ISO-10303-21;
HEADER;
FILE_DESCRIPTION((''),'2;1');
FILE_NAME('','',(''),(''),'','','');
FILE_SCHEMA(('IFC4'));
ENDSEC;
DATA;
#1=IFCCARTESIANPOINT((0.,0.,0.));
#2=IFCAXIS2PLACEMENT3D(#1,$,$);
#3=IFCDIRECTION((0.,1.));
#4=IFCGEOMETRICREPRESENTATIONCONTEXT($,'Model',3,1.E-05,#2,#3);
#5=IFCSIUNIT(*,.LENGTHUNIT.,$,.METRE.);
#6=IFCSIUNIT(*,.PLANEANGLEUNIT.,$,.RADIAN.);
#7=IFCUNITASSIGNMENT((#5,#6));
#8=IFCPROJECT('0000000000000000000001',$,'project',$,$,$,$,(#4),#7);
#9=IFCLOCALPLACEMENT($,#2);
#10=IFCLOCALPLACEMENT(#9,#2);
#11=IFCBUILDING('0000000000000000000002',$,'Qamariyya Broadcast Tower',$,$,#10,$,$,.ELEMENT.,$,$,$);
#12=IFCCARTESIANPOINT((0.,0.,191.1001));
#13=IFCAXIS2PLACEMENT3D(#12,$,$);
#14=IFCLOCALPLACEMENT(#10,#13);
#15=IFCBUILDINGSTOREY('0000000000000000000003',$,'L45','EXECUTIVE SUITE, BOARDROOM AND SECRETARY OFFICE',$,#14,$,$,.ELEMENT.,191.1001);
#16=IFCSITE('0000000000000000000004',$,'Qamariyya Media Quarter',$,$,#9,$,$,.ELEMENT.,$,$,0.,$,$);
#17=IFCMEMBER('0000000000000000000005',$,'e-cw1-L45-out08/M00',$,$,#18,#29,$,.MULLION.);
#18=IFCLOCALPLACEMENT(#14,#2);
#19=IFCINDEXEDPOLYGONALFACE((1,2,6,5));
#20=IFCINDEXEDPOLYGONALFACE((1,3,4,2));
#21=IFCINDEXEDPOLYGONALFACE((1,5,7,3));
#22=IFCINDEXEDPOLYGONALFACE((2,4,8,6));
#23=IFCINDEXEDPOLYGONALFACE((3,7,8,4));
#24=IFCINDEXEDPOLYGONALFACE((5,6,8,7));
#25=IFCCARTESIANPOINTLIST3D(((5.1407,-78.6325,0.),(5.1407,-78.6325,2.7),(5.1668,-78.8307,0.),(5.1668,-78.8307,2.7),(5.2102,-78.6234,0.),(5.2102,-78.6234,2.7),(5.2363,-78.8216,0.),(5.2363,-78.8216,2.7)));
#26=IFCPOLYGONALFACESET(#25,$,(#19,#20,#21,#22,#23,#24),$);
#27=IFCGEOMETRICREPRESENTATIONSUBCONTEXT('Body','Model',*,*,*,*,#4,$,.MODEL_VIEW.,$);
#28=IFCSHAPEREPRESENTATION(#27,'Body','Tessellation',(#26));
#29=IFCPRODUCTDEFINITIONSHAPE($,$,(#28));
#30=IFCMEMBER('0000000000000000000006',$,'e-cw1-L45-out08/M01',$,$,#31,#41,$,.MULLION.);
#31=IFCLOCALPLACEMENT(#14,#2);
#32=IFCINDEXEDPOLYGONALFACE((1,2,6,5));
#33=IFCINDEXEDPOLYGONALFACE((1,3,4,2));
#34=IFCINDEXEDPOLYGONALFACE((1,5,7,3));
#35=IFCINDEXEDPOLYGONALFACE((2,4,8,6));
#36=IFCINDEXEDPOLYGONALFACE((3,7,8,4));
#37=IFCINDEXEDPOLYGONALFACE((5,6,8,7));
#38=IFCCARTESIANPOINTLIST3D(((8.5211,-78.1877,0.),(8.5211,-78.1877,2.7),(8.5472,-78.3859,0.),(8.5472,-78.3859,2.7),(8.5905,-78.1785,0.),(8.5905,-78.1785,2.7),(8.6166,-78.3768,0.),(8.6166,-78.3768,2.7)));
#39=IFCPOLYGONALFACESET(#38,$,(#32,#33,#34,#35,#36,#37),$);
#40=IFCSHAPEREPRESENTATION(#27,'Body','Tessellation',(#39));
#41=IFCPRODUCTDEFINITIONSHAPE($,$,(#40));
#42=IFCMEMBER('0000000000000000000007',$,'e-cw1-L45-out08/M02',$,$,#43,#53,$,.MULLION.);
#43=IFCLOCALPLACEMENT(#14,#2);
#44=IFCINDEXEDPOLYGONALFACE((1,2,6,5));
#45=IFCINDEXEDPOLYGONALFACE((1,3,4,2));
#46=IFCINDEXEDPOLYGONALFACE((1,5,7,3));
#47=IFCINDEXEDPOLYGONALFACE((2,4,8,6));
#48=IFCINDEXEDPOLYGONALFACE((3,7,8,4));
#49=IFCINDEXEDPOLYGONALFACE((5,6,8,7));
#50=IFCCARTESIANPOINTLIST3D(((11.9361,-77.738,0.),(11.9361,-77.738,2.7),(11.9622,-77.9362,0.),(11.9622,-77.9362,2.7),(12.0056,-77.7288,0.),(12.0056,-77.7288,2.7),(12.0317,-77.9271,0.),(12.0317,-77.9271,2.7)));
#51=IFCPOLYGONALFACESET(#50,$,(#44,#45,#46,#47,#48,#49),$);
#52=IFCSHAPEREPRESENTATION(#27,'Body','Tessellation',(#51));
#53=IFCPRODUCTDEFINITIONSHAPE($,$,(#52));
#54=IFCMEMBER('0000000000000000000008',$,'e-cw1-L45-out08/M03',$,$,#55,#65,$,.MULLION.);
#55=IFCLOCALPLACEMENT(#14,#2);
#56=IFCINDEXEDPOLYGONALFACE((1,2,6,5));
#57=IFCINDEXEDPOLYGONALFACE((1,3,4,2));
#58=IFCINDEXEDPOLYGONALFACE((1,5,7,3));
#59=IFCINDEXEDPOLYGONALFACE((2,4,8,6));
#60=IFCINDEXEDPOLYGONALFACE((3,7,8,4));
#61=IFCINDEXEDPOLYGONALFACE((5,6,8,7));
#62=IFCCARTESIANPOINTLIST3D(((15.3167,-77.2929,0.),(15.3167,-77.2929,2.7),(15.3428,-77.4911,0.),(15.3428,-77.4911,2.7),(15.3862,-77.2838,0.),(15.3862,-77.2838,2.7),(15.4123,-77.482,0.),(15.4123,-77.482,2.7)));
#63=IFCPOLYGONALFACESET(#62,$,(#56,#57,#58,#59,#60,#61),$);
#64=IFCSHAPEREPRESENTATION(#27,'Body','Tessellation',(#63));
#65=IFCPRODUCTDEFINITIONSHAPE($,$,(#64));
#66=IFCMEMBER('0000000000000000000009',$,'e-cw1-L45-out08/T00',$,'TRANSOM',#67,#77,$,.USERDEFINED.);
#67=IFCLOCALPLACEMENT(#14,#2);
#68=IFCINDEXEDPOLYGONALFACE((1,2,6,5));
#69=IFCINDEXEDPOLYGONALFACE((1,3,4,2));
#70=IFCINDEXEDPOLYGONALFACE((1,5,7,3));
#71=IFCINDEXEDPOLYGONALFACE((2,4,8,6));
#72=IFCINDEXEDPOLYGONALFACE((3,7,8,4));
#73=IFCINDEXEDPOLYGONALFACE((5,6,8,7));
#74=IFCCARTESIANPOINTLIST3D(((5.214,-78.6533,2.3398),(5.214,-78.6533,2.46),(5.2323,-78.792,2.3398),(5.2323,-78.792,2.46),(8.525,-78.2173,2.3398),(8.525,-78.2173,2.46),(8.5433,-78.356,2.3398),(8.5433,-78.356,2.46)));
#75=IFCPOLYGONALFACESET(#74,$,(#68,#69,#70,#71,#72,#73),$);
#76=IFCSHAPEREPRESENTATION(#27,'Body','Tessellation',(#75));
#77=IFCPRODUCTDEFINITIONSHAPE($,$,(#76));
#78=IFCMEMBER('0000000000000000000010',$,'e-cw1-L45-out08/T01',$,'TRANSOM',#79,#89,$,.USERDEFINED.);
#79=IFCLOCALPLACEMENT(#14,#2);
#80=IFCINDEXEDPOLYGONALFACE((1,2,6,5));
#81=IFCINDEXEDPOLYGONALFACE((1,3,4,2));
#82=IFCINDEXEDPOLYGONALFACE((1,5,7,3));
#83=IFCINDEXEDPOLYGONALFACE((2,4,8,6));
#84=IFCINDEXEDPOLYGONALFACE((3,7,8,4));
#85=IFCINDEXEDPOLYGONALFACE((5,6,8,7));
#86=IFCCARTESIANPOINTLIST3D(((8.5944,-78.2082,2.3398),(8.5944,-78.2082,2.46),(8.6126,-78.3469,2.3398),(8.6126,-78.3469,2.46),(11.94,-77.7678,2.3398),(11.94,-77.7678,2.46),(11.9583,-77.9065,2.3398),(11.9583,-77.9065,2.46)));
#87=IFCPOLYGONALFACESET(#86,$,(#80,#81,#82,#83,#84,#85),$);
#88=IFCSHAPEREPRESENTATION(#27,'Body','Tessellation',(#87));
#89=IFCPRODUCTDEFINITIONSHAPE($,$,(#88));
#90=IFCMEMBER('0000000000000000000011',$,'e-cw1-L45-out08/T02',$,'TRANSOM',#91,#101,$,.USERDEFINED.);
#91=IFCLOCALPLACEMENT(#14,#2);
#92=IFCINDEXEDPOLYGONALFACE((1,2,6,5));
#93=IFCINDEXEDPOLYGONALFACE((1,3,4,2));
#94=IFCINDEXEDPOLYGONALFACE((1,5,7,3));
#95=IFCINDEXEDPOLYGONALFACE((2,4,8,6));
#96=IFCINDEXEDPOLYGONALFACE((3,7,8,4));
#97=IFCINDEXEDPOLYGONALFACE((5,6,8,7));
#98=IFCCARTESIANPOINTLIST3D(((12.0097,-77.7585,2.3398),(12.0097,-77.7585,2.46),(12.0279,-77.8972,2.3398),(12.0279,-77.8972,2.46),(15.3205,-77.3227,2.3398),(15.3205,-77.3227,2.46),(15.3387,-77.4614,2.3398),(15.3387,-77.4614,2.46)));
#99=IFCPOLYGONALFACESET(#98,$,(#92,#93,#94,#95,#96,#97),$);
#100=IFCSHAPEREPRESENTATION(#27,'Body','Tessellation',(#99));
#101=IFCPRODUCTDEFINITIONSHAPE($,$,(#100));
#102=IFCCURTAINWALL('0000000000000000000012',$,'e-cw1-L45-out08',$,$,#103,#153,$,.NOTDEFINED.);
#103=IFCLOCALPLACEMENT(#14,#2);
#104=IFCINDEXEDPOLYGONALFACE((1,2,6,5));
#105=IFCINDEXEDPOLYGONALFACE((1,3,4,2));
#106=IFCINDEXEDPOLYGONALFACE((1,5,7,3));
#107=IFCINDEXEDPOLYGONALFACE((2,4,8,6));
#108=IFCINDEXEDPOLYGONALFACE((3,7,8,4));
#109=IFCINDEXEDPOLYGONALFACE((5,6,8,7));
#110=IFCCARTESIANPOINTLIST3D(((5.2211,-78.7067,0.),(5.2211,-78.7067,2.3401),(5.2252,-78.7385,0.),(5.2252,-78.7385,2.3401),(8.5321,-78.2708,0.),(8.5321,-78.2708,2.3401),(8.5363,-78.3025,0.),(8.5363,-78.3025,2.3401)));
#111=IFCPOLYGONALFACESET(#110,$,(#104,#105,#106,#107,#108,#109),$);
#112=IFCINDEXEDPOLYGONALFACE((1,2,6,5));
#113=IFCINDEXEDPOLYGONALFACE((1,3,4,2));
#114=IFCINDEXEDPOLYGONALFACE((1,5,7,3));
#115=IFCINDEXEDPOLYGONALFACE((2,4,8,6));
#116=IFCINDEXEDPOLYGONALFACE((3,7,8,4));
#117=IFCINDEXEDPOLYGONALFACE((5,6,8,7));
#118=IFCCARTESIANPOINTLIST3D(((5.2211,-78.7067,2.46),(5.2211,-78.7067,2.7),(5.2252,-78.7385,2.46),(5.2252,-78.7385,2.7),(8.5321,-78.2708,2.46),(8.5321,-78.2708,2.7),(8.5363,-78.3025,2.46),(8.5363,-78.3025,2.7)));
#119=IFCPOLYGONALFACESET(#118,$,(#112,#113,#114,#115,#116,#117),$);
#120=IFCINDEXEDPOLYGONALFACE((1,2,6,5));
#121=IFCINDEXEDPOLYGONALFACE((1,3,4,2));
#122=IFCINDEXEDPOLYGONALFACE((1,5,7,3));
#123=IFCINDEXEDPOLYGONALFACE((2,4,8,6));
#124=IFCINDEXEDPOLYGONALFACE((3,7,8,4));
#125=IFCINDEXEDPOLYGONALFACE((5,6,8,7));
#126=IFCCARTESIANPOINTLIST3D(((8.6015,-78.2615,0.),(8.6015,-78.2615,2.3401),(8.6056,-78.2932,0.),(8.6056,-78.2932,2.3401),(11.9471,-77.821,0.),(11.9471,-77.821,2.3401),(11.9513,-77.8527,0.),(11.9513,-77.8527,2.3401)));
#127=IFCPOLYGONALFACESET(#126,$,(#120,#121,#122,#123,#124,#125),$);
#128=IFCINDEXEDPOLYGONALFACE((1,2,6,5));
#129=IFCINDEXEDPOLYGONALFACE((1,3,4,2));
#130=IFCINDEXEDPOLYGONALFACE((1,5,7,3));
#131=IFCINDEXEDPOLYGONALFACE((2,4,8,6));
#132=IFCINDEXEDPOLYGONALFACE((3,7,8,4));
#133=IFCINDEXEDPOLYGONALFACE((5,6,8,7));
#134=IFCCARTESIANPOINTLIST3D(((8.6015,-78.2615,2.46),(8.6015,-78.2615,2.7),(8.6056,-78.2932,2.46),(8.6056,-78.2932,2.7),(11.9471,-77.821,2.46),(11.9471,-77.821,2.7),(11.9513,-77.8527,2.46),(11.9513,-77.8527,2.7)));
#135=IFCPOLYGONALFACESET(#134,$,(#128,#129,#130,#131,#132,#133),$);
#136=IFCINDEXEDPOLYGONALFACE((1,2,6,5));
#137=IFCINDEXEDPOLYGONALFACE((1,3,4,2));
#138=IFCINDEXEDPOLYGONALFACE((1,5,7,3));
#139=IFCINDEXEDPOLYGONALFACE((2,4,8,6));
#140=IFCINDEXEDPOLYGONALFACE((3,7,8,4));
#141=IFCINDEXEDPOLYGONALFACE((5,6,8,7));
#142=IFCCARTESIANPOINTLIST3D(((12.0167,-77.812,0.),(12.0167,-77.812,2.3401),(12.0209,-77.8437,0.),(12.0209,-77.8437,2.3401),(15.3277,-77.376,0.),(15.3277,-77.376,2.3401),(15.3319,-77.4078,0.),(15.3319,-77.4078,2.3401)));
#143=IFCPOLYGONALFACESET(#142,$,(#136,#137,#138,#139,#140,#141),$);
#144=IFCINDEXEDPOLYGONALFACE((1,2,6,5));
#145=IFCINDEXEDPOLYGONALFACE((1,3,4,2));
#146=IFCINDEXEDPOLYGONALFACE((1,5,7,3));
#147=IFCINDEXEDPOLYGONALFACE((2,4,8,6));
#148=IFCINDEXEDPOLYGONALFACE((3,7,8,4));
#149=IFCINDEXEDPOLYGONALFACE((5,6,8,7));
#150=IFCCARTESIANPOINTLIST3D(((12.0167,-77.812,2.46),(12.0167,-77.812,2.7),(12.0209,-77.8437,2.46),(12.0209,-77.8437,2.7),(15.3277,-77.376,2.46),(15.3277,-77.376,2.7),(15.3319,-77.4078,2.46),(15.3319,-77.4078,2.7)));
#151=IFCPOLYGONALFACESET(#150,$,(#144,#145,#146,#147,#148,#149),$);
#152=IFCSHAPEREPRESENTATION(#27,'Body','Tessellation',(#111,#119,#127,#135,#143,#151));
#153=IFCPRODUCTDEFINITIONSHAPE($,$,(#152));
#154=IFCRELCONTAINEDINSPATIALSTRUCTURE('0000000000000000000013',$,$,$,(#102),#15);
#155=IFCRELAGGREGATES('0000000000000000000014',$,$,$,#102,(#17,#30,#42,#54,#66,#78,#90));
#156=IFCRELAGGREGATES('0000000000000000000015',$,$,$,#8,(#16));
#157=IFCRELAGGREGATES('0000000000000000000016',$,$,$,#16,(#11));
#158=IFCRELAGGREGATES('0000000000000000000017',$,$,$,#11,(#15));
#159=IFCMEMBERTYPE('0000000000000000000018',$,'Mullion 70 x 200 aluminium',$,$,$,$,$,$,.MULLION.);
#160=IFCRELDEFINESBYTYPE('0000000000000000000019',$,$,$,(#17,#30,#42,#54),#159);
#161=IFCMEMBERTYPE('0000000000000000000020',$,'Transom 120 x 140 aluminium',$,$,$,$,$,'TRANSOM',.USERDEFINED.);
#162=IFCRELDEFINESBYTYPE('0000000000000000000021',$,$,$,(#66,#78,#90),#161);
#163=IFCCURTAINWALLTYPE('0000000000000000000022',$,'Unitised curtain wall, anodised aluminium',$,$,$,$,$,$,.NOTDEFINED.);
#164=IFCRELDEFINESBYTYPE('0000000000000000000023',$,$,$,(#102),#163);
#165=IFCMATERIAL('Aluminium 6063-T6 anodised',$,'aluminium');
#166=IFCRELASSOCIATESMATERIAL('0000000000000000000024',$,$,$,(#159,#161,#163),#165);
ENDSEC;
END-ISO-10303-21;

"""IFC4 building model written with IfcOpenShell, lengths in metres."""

from ifc_helpers import new_model, si_unit, direction, frame, origin, origin_2d, place, context, subcontext, project, spatial, rectangle, extrude, material, material_profile, profile_set, type_object, element, aggregate, save


model = new_model("IFC4")

# Units and contexts
model_context = context("Model", 3, precision=1e-05, world=origin(), true_north=direction((0.0, 1.0)))
body_context = subcontext(model_context, "Body", "Model", "MODEL_VIEW")
ifc_project = project(units=[si_unit("LENGTHUNIT", "METRE"), si_unit("PLANEANGLEUNIT", "RADIAN")], contexts=[model_context])

# Members
ifc_material = material(Name="Aluminium 6063-T6 anodised", Category="aluminium")
ifc_material_profile_1 = material_profile(ifc_material, rectangle(XDim=0.2, YDim=0.0701, at=origin_2d()))
ifc_profile_set_1 = profile_set([ifc_material_profile_1], Name="Aluminium 6063-T6 anodised")
member_type_1 = type_object("IfcMemberType", Name="Mullion 70 x 200 aluminium", PredefinedType="MULLION", material=ifc_profile_set_1)
site_placement = place(None, origin())
building_placement = place(site_placement, origin())
storey_placement = place(building_placement, frame((0.0, 0.0, 191.1001)))
member_1_placement = place(storey_placement, frame((5.1885, -78.7271, 0.0), z_axis=(0.0, 0.0, 1.0), x_axis=(-0.130526, 0.991445, 0.0)))
member_1 = element("IfcMember", 1, at=member_1_placement, type_object=member_type_1, Name="e-cw1-L45-out08/M00", PredefinedType="MULLION", context=body_context, shape_type="SweptSolid", body=[
    extrude(rectangle(XDim=0.2, YDim=0.0701, at=origin_2d()), origin(), (0.0, 0.0, 1.0), 2.7),
])
member_2_placement = place(storey_placement, frame((8.5688, -78.2822, 0.0), z_axis=(0.0, 0.0, 1.0), x_axis=(-0.130526, 0.991445, 0.0)))
member_2 = element("IfcMember", 2, at=member_2_placement, type_object=member_type_1, Name="e-cw1-L45-out08/M01", PredefinedType="MULLION", context=body_context, shape_type="SweptSolid", body=[
    extrude(rectangle(XDim=0.2, YDim=0.0701, at=origin_2d()), origin(), (0.0, 0.0, 1.0), 2.7),
])
member_3_placement = place(storey_placement, frame((11.9839, -77.8325, 0.0), z_axis=(0.0, 0.0, 1.0), x_axis=(-0.130526, 0.991445, 0.0)))
member_3 = element("IfcMember", 3, at=member_3_placement, type_object=member_type_1, Name="e-cw1-L45-out08/M02", PredefinedType="MULLION", context=body_context, shape_type="SweptSolid", body=[
    extrude(rectangle(XDim=0.2, YDim=0.0701, at=origin_2d()), origin(), (0.0, 0.0, 1.0), 2.7),
])
member_4_placement = place(storey_placement, frame((15.3645, -77.3875, 0.0), z_axis=(0.0, 0.0, 1.0), x_axis=(-0.130526, 0.991445, 0.0)))
member_4 = element("IfcMember", 4, at=member_4_placement, type_object=member_type_1, Name="e-cw1-L45-out08/M03", PredefinedType="MULLION", context=body_context, shape_type="SweptSolid", body=[
    extrude(rectangle(XDim=0.2, YDim=0.0701, at=origin_2d()), origin(), (0.0, 0.0, 1.0), 2.7),
])
ifc_material_profile_2 = material_profile(ifc_material, rectangle(XDim=0.1399, YDim=0.1201, at=origin_2d()))
ifc_profile_set_2 = profile_set([ifc_material_profile_2], Name="Aluminium 6063-T6 anodised")
member_type_2 = type_object("IfcMemberType", Name="Transom 120 x 140 aluminium", ElementType="TRANSOM", PredefinedType="USERDEFINED", material=ifc_profile_set_2)
member_5_placement = place(storey_placement, frame((5.2231, -78.7227, 2.3999), z_axis=(0.99144, 0.130564, 0.0), x_axis=(-0.130564, 0.99144, 0.0)))
member_5 = element("IfcMember", 5, at=member_5_placement, type_object=member_type_2, Name="e-cw1-L45-out08/T00", ObjectType="TRANSOM", PredefinedType="USERDEFINED", context=body_context, shape_type="SweptSolid", body=[
    extrude(rectangle(XDim=0.1399, YDim=0.1201, at=origin_2d()), origin(), (0.0, 0.0, 1.0), 3.3396),
])
member_6_placement = place(storey_placement, frame((8.6035, -78.2776, 2.3999), z_axis=(0.991446, 0.130514, 0.0), x_axis=(-0.130514, 0.991446, 0.0)))
member_6 = element("IfcMember", 6, at=member_6_placement, type_object=member_type_2, Name="e-cw1-L45-out08/T01", ObjectType="TRANSOM", PredefinedType="USERDEFINED", context=body_context, shape_type="SweptSolid", body=[
    extrude(rectangle(XDim=0.1399, YDim=0.1201, at=origin_2d()), origin(), (0.0, 0.0, 1.0), 3.3745),
])
member_7_placement = place(storey_placement, frame((12.0188, -77.8279, 2.3999), z_axis=(0.991448, 0.130502, 0.0), x_axis=(-0.130502, 0.991448, 0.0)))
member_7 = element("IfcMember", 7, at=member_7_placement, type_object=member_type_2, Name="e-cw1-L45-out08/T02", ObjectType="TRANSOM", PredefinedType="USERDEFINED", context=body_context, shape_type="SweptSolid", body=[
    extrude(rectangle(XDim=0.1399, YDim=0.1201, at=origin_2d()), origin(), (0.0, 0.0, 1.0), 3.3394),
])

# Site, building, storey
site = spatial("IfcSite", under=ifc_project, at=site_placement, Name="Qamariyya Media Quarter", CompositionType="ELEMENT", RefElevation=0.0)
building = spatial("IfcBuilding", under=site, at=building_placement, Name="Qamariyya Broadcast Tower", CompositionType="ELEMENT")
storey = spatial("IfcBuildingStorey", under=building, at=storey_placement, Name="L45", Description="EXECUTIVE SUITE, BOARDROOM AND SECRETARY OFFICE", CompositionType="ELEMENT", Elevation=191.1001)

# Curtain wall
curtain_wall_type = type_object("IfcCurtainWallType", Name="Unitised curtain wall, anodised aluminium", PredefinedType="NOTDEFINED", material=ifc_material)
curtain_wall_1_placement = place(storey_placement, origin())
curtain_wall_1 = element("IfcCurtainWall", 8, at=curtain_wall_1_placement, inside=storey, type_object=curtain_wall_type, Name="e-cw1-L45-out08", PredefinedType="NOTDEFINED", context=body_context, shape_type="SweptSolid", body=[
    extrude(rectangle(XDim=3.3396, YDim=0.032, at=origin_2d()), frame((6.8787, -78.5046, 0.0), x_axis=(0.991444, 0.130531, 0.0)), (0.0, 0.0, 1.0), 2.3401),
    extrude(rectangle(XDim=3.3396, YDim=0.032, at=origin_2d()), frame((6.8787, -78.5046, 2.46), x_axis=(0.991444, 0.130531, 0.0)), (0.0, 0.0, 1.0), 0.24),
    extrude(rectangle(XDim=3.3745, YDim=0.032, at=origin_2d()), frame((10.2764, -78.0571, 0.0), x_axis=(0.991444, 0.130531, 0.0)), (0.0, 0.0, 1.0), 2.3401),
    extrude(rectangle(XDim=3.3745, YDim=0.032, at=origin_2d()), frame((10.2764, -78.0571, 2.46), x_axis=(0.991444, 0.130531, 0.0)), (0.0, 0.0, 1.0), 0.24),
    extrude(rectangle(XDim=3.3396, YDim=0.032, at=origin_2d()), frame((13.6743, -77.6099, 0.0), x_axis=(0.991444, 0.130531, 0.0)), (0.0, 0.0, 1.0), 2.3401),
    extrude(rectangle(XDim=3.3396, YDim=0.032, at=origin_2d()), frame((13.6743, -77.6099, 2.46), x_axis=(0.991444, 0.130531, 0.0)), (0.0, 0.0, 1.0), 0.24),
])
aggregate(curtain_wall_1, [member_1, member_2, member_3, member_4, member_5, member_6, member_7])

save(model, "model.ifc")
